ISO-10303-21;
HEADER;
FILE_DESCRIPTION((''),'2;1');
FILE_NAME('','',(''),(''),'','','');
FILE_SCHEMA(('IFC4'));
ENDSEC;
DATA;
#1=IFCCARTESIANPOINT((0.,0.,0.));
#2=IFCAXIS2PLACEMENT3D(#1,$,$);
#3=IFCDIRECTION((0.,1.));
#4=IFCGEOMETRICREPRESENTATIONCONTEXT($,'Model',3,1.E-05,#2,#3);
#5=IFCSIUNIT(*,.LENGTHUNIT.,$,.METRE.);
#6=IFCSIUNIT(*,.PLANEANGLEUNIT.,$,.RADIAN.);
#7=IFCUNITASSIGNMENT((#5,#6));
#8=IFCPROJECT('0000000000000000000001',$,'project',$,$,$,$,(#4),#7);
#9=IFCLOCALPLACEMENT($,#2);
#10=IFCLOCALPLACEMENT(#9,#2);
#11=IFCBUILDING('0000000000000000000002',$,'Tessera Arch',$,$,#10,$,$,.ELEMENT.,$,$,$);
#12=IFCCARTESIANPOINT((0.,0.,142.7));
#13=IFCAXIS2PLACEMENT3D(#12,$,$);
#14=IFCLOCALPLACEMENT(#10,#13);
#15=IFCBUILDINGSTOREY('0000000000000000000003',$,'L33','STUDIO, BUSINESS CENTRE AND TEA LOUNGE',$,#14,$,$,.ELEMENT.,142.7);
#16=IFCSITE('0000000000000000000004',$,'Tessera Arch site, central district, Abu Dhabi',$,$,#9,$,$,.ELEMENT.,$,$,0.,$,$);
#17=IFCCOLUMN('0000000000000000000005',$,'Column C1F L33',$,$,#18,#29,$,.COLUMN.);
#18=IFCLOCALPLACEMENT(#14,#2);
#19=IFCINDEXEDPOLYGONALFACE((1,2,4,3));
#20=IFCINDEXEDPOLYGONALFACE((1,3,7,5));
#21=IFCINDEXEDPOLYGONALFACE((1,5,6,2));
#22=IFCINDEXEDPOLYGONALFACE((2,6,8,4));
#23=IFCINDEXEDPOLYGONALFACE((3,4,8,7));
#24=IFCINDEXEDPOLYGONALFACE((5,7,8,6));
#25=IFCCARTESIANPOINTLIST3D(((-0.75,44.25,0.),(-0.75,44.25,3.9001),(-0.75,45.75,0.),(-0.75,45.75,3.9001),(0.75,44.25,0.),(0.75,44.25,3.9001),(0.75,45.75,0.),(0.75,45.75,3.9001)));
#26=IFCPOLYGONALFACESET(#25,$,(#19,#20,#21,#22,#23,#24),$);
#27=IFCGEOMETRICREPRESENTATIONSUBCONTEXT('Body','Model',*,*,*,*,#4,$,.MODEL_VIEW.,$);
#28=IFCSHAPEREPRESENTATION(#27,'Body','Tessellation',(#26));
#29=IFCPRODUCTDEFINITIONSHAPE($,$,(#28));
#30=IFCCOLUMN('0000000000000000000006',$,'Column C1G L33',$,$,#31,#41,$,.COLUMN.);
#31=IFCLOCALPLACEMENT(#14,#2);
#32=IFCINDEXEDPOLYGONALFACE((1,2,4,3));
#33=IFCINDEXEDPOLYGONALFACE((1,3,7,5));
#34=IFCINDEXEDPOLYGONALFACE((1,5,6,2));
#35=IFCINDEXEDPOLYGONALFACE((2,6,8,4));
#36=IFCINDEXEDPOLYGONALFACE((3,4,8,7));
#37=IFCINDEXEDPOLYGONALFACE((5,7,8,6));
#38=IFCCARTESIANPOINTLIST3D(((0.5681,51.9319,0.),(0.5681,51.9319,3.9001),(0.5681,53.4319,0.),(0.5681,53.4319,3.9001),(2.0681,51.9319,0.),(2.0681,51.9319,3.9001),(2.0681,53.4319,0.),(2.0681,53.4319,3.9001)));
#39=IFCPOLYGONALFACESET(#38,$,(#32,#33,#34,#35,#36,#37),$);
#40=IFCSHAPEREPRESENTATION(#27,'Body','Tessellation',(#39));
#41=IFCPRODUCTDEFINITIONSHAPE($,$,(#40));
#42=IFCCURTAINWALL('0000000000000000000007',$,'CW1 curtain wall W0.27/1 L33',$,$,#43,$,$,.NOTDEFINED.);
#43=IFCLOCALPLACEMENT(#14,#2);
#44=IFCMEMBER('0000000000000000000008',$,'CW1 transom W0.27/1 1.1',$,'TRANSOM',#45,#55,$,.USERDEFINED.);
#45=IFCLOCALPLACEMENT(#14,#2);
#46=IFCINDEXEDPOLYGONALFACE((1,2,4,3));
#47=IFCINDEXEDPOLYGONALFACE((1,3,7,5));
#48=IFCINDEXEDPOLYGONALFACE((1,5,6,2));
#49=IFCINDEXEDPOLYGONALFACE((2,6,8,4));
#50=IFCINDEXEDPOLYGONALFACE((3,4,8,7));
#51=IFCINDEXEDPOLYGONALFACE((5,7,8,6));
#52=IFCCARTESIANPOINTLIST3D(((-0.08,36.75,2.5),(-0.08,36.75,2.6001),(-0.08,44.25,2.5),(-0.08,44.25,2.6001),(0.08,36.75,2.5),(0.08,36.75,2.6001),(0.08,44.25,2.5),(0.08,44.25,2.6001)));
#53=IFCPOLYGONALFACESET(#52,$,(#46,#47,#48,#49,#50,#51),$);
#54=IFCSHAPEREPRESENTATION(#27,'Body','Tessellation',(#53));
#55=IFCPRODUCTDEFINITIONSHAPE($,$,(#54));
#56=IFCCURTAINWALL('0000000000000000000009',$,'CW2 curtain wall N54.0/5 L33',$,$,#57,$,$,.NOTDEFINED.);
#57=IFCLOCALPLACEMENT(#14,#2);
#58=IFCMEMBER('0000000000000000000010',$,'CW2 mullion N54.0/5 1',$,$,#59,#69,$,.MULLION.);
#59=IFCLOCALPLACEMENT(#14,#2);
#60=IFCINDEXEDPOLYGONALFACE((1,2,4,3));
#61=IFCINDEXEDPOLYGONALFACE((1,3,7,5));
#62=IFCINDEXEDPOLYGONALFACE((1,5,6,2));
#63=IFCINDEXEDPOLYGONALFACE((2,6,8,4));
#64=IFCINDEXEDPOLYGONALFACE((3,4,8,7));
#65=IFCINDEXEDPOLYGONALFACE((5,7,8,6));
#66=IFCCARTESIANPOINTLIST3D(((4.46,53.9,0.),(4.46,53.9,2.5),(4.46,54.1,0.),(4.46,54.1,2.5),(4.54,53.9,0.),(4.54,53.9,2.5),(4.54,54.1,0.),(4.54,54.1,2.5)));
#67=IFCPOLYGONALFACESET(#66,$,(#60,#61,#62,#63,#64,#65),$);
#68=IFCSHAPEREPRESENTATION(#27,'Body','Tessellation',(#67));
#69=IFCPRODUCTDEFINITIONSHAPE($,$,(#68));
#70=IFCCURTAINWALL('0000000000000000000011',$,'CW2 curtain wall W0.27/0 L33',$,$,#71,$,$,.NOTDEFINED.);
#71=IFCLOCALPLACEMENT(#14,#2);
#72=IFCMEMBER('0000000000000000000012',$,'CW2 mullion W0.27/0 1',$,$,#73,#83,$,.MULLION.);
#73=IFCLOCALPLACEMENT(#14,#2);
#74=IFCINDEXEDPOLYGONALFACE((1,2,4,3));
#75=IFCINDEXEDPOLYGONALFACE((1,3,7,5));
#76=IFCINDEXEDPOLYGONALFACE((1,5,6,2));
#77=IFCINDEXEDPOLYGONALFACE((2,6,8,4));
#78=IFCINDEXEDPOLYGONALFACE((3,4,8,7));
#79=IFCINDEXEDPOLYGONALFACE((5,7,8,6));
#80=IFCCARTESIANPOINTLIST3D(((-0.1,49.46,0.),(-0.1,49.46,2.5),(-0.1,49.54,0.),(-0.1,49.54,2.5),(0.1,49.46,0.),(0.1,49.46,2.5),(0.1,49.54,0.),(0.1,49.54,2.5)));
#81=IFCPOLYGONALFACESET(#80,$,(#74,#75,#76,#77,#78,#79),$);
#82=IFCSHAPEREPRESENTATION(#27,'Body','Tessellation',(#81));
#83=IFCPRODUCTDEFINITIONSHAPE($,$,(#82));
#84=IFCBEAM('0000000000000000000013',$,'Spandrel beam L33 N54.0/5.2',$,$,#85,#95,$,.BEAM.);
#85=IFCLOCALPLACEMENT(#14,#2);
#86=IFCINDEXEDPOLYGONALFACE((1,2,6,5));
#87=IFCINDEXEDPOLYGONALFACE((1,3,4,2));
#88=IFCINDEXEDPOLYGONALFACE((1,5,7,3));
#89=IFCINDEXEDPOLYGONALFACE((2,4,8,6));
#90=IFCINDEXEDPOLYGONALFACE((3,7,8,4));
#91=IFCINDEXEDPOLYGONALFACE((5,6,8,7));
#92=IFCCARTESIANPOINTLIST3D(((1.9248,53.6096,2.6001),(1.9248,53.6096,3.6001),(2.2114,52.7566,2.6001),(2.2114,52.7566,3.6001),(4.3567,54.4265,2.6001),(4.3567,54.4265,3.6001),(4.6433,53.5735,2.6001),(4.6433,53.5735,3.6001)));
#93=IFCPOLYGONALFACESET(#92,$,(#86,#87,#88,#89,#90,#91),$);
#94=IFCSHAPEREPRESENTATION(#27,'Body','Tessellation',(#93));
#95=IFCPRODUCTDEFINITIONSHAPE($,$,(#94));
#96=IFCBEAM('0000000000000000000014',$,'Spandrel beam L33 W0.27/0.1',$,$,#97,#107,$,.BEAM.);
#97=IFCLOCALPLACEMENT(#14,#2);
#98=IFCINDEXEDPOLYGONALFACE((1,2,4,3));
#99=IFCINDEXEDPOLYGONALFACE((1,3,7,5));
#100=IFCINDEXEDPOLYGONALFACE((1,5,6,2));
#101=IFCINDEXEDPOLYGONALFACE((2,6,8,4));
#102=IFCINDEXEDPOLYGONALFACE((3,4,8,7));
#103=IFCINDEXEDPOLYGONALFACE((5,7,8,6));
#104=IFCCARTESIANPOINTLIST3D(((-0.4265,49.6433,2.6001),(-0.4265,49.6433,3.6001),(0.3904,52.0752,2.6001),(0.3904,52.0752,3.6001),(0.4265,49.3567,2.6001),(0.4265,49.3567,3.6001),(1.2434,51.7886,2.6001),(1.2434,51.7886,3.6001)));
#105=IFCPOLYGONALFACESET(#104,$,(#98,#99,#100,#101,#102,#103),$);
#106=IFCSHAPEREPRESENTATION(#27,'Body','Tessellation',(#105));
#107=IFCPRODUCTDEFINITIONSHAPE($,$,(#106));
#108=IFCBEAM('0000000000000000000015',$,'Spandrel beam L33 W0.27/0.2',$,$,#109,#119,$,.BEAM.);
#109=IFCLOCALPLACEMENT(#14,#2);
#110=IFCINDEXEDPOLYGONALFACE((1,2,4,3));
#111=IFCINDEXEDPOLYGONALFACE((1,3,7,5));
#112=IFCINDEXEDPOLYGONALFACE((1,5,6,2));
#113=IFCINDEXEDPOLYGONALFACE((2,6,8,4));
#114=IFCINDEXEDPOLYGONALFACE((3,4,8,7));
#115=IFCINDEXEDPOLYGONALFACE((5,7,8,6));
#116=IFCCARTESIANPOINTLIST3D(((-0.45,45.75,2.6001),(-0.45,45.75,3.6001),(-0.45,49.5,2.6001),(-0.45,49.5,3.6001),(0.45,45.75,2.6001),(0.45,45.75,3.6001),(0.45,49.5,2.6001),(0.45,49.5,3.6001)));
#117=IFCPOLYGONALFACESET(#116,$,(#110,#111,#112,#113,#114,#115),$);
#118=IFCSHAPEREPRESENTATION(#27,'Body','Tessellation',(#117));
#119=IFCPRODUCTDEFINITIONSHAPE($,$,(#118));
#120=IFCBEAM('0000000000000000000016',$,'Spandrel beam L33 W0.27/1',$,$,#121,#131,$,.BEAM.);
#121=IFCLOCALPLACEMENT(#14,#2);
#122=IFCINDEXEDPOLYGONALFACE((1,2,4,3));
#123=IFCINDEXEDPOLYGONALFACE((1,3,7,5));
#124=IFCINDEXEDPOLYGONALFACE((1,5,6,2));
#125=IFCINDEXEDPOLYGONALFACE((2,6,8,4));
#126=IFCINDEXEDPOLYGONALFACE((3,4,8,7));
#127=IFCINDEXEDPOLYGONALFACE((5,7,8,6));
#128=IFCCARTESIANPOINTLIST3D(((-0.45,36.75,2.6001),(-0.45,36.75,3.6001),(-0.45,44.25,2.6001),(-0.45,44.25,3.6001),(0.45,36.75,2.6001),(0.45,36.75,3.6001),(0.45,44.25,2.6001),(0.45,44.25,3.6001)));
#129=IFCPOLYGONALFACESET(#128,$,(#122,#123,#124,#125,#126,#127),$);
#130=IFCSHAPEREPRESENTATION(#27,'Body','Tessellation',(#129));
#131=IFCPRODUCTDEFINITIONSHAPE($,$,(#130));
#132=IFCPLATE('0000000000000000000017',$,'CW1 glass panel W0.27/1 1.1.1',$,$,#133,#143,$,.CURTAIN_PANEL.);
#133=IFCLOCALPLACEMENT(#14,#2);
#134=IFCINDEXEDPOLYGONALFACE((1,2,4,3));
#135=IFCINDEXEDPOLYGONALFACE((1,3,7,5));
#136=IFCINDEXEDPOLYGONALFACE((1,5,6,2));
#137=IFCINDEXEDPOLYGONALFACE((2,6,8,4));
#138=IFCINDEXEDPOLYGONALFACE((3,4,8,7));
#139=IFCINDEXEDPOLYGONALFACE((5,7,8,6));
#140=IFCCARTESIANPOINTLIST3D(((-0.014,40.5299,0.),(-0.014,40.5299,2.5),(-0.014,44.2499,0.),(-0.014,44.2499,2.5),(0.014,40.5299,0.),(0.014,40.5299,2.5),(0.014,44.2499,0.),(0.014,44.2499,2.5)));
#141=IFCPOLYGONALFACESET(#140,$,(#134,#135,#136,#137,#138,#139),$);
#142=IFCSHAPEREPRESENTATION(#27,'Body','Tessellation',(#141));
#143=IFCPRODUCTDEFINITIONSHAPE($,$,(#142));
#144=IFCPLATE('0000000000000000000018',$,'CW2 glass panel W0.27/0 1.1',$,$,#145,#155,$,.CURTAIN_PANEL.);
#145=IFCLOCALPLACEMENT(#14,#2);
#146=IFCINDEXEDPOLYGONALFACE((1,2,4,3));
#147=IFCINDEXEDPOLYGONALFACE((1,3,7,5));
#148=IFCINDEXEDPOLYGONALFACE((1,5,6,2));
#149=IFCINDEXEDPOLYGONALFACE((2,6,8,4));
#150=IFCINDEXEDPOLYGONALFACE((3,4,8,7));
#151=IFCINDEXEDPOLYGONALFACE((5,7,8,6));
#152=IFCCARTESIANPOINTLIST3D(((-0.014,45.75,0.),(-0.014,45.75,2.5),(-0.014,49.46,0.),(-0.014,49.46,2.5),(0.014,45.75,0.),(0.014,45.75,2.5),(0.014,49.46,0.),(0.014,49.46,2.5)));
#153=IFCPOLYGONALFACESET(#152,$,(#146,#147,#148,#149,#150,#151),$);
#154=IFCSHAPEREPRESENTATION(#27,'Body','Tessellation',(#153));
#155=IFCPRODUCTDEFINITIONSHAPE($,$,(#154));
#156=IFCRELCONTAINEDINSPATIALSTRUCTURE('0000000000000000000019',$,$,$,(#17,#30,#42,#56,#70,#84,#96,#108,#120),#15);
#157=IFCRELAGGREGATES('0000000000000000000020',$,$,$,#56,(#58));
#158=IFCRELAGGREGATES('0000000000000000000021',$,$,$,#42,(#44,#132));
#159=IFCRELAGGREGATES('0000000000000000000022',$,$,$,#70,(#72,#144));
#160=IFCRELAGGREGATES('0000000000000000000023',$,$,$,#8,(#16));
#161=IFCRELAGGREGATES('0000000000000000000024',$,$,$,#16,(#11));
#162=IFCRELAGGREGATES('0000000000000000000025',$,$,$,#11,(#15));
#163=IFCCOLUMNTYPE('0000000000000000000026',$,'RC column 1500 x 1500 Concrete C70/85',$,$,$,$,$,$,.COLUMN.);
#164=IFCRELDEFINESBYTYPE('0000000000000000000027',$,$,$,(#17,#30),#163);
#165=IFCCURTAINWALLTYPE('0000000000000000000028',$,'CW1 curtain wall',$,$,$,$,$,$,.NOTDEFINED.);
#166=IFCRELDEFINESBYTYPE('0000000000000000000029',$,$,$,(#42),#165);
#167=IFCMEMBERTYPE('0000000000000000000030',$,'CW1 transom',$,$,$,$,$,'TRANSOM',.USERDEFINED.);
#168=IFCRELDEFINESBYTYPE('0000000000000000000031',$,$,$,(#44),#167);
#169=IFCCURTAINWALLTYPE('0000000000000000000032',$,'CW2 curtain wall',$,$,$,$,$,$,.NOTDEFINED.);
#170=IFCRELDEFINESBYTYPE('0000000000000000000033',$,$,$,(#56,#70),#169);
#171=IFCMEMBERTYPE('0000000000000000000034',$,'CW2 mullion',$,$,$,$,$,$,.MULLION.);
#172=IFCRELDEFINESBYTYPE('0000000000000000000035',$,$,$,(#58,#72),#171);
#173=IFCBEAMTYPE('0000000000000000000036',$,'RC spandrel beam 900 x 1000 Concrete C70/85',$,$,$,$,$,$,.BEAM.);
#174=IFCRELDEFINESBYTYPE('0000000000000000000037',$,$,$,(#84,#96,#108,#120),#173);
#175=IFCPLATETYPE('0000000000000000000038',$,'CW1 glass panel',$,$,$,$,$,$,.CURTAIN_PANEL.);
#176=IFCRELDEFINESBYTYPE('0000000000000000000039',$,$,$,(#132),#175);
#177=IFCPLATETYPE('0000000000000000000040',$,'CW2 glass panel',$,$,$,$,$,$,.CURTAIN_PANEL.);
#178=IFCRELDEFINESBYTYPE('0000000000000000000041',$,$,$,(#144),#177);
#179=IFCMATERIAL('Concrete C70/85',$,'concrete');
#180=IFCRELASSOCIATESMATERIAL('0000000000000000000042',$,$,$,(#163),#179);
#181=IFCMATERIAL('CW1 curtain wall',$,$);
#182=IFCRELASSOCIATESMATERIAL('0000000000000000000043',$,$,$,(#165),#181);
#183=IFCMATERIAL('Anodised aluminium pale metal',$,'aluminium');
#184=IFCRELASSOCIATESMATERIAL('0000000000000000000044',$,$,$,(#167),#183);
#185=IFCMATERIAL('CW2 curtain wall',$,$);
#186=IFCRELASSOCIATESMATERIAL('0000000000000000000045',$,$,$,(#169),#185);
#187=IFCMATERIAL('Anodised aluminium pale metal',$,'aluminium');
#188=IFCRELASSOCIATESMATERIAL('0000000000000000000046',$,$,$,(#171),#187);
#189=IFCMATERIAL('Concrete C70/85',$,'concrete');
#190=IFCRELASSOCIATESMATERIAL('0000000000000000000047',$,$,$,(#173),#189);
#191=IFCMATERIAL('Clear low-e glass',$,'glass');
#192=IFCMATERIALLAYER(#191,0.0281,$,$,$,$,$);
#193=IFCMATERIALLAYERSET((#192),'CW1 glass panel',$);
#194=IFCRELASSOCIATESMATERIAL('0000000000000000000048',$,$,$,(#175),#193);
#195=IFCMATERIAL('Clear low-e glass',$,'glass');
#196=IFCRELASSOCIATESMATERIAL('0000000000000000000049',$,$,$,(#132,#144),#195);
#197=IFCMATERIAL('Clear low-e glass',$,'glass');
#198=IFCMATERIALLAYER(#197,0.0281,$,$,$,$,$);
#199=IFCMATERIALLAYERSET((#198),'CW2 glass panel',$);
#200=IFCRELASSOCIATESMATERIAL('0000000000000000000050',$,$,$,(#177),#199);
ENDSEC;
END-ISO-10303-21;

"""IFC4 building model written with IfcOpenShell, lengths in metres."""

from ifc_helpers import new_model, si_unit, direction, frame, origin, origin_2d, place, context, subcontext, project, spatial, rectangle, extrude, material, layer, layer_set, material_profile, profile_set, type_object, element, aggregate, save


model = new_model("IFC4")

# Units and contexts
model_context = context("Model", 3, precision=1e-05, world=origin(), true_north=direction((0.0, 1.0)))
body_context = subcontext(model_context, "Body", "Model", "MODEL_VIEW")
ifc_project = project(units=[si_unit("LENGTHUNIT", "METRE"), si_unit("PLANEANGLEUNIT", "RADIAN")], contexts=[model_context])

# Site, building, storey
site_placement = place(None, origin())
site = spatial("IfcSite", under=ifc_project, at=site_placement, Name="Tessera Arch site, central district, Abu Dhabi", CompositionType="ELEMENT", RefElevation=0.0)
building_placement = place(site_placement, origin())
building = spatial("IfcBuilding", under=site, at=building_placement, Name="Tessera Arch", CompositionType="ELEMENT")
storey_placement = place(building_placement, frame((0.0, 0.0, 142.7)))
storey = spatial("IfcBuildingStorey", under=building, at=storey_placement, Name="L33", Description="STUDIO, BUSINESS CENTRE AND TEA LOUNGE", CompositionType="ELEMENT", Elevation=142.7)

# Columns
ifc_material_1 = material(Name="Concrete C70/85", Category="concrete")
ifc_material_profile_1 = material_profile(ifc_material_1, rectangle(XDim=1.5, YDim=1.5, at=origin_2d()), Name="RC column 1500 x 1500 Concrete C70/85")
ifc_profile_set_1 = profile_set([ifc_material_profile_1], Name="Concrete C70/85")
column_type = type_object("IfcColumnType", Name="RC column 1500 x 1500 Concrete C70/85", PredefinedType="COLUMN", material=ifc_profile_set_1)
for number, where, z_axis, x_axis, name in (
    (1, (0.0, 45.0, 0.0), (0.0, 0.0, 1.0), (1.0, 0.0, 0.0), "Column C1F L33"),
    (2, (1.3181, 52.6819, 0.0), (0.0, 0.0, 1.0), (1.0, 0.0, 0.0), "Column C1G L33"),
):
    element("IfcColumn", number, at=place(storey_placement, frame(where, z_axis=z_axis, x_axis=x_axis)), inside=storey, type_object=column_type, Name=name, PredefinedType="COLUMN", context=body_context, shape_type="SweptSolid", body=[
        extrude(rectangle(XDim=1.5, YDim=1.5, at=origin_2d()), origin(), (0.0, 0.0, 1.0), 3.9001),
    ])

# Curtain walls, members
ifc_material_2 = material(Name="CW1 curtain wall")
curtain_wall_type_1 = type_object("IfcCurtainWallType", Name="CW1 curtain wall", PredefinedType="NOTDEFINED", material=ifc_material_2)
curtain_wall_1_placement = place(storey_placement, origin())
curtain_wall_1 = element("IfcCurtainWall", 3, at=curtain_wall_1_placement, inside=storey, type_object=curtain_wall_type_1, Name="CW1 curtain wall W0.27/1 L33", PredefinedType="NOTDEFINED")
ifc_material_3 = material(Name="Anodised aluminium pale metal", Category="aluminium")
ifc_material_profile_2 = material_profile(ifc_material_3, rectangle(XDim=0.1599, YDim=0.1001, at=origin_2d()), Name="AL 160x100")
ifc_profile_set_2 = profile_set([ifc_material_profile_2], Name="Anodised aluminium pale metal")
member_type_1 = type_object("IfcMemberType", Name="CW1 transom", ElementType="TRANSOM", PredefinedType="USERDEFINED", material=ifc_profile_set_2)
member_1_placement = place(storey_placement, frame((0.0, 44.25, 2.55), z_axis=(0.0, -1.0, 0.0), x_axis=(1.0, 0.0, 0.0)))
member_1 = element("IfcMember", 4, at=member_1_placement, type_object=member_type_1, Name="CW1 transom W0.27/1 1.1", ObjectType="TRANSOM", PredefinedType="USERDEFINED", context=body_context, shape_type="SweptSolid", body=[
    extrude(rectangle(XDim=0.1599, YDim=0.1001, at=origin_2d()), origin(), (0.0, 0.0, 1.0), 7.5),
])
ifc_material_4 = material(Name="CW2 curtain wall")
curtain_wall_type_2 = type_object("IfcCurtainWallType", Name="CW2 curtain wall", PredefinedType="NOTDEFINED", material=ifc_material_4)
curtain_wall_2_placement = place(storey_placement, origin())
curtain_wall_2 = element("IfcCurtainWall", 5, at=curtain_wall_2_placement, inside=storey, type_object=curtain_wall_type_2, Name="CW2 curtain wall N54.0/5 L33", PredefinedType="NOTDEFINED")
ifc_material_5 = material(Name="Anodised aluminium pale metal", Category="aluminium")
ifc_material_profile_3 = material_profile(ifc_material_5, rectangle(XDim=0.2, YDim=0.0801, at=origin_2d()), Name="AL 80x200")
ifc_profile_set_3 = profile_set([ifc_material_profile_3], Name="Anodised aluminium pale metal")
member_type_2 = type_object("IfcMemberType", Name="CW2 mullion", PredefinedType="MULLION", material=ifc_profile_set_3)
member_2_placement = place(storey_placement, frame((4.5, 54.0, 0.0), z_axis=(0.0, 0.0, 1.0), x_axis=(0.0, -1.0, 0.0)))
member_2 = element("IfcMember", 6, at=member_2_placement, type_object=member_type_2, Name="CW2 mullion N54.0/5 1", PredefinedType="MULLION", context=body_context, shape_type="SweptSolid", body=[
    extrude(rectangle(XDim=0.2, YDim=0.0801, at=origin_2d()), origin(), (0.0, 0.0, 1.0), 2.5),
])
aggregate(curtain_wall_2, [member_2])
curtain_wall_3_placement = place(storey_placement, origin())
curtain_wall_3 = element("IfcCurtainWall", 7, at=curtain_wall_3_placement, inside=storey, type_object=curtain_wall_type_2, Name="CW2 curtain wall W0.27/0 L33", PredefinedType="NOTDEFINED")
member_3_placement = place(storey_placement, frame((0.0, 49.5, 0.0), z_axis=(0.0, 0.0, 1.0), x_axis=(1.0, 0.0, 0.0)))
member_3 = element("IfcMember", 8, at=member_3_placement, type_object=member_type_2, Name="CW2 mullion W0.27/0 1", PredefinedType="MULLION", context=body_context, shape_type="SweptSolid", body=[
    extrude(rectangle(XDim=0.2, YDim=0.0801, at=origin_2d()), origin(), (0.0, 0.0, 1.0), 2.5),
])

# Beams
ifc_material_6 = material(Name="Concrete C70/85", Category="concrete")
ifc_material_profile_4 = material_profile(ifc_material_6, rectangle(XDim=0.8999, YDim=1.0, at=origin_2d()), Name="RC spandrel beam 900 x 1000 Concrete C70/85")
ifc_profile_set_4 = profile_set([ifc_material_profile_4], Name="Concrete C70/85")
beam_type = type_object("IfcBeamType", Name="RC spandrel beam 900 x 1000 Concrete C70/85", PredefinedType="BEAM", material=ifc_profile_set_4)
for number, where, z_axis, x_axis, name in (
    (9, (4.5, 54.0, 3.1001), (-0.947948, -0.318425, 0.0), (0.318425, -0.947948, 0.0), "Spandrel beam L33 N54.0/5.2"),
    (10, (0.8169, 51.9319, 3.1001), (-0.318425, -0.947948, 0.0), (0.947948, -0.318425, 0.0), "Spandrel beam L33 W0.27/0.1"),
):
    element("IfcBeam", number, at=place(storey_placement, frame(where, z_axis=z_axis, x_axis=x_axis)), inside=storey, type_object=beam_type, Name=name, PredefinedType="BEAM", context=body_context, shape_type="SweptSolid", body=[
        extrude(rectangle(XDim=0.8999, YDim=1.0, at=origin_2d()), origin(), (0.0, 0.0, 1.0), 2.5654),
    ])
beam_1_placement = place(storey_placement, frame((0.0, 49.5, 3.1001), z_axis=(0.0, -1.0, 0.0), x_axis=(1.0, 0.0, 0.0)))
element("IfcBeam", 11, at=beam_1_placement, inside=storey, type_object=beam_type, Name="Spandrel beam L33 W0.27/0.2", PredefinedType="BEAM", context=body_context, shape_type="SweptSolid", body=[
    extrude(rectangle(XDim=0.8999, YDim=1.0, at=origin_2d()), origin(), (0.0, 0.0, 1.0), 3.75),
])
beam_2_placement = place(storey_placement, frame((0.0, 44.25, 3.1001), z_axis=(0.0, -1.0, 0.0), x_axis=(1.0, 0.0, 0.0)))
element("IfcBeam", 12, at=beam_2_placement, inside=storey, type_object=beam_type, Name="Spandrel beam L33 W0.27/1", PredefinedType="BEAM", context=body_context, shape_type="SweptSolid", body=[
    extrude(rectangle(XDim=0.8999, YDim=1.0, at=origin_2d()), origin(), (0.0, 0.0, 1.0), 7.5),
])

# Plates
ifc_material_7 = material(Name="Clear low-e glass", Category="glass")
ifc_material_8 = material(Name="Clear low-e glass", Category="glass")
ifc_layer_1 = layer(ifc_material_8, 0.0281)
ifc_layer_set_1 = layer_set([ifc_layer_1], Name="CW1 glass panel")
plate_type_1 = type_object("IfcPlateType", Name="CW1 glass panel", PredefinedType="CURTAIN_PANEL", material=ifc_layer_set_1)
plate_1_placement = place(storey_placement, frame((0.0, 42.3899, 0.0), z_axis=(0.0, 0.0, 1.0), x_axis=(0.0, -1.0, 0.0)))
plate_1 = element("IfcPlate", 13, at=plate_1_placement, type_object=plate_type_1, material=ifc_material_7, Name="CW1 glass panel W0.27/1 1.1.1", PredefinedType="CURTAIN_PANEL", context=body_context, shape_type="SweptSolid", body=[
    extrude(rectangle(XDim=3.72, YDim=0.0281, at=origin_2d()), origin(), (0.0, 0.0, 1.0), 2.5),
])
aggregate(curtain_wall_1, [member_1, plate_1])
ifc_material_9 = material(Name="Clear low-e glass", Category="glass")
ifc_layer_2 = layer(ifc_material_9, 0.0281)
ifc_layer_set_2 = layer_set([ifc_layer_2], Name="CW2 glass panel")
plate_type_2 = type_object("IfcPlateType", Name="CW2 glass panel", PredefinedType="CURTAIN_PANEL", material=ifc_layer_set_2)
plate_2_placement = place(storey_placement, frame((0.0, 47.605, 0.0), z_axis=(0.0, 0.0, 1.0), x_axis=(0.0, -1.0, 0.0)))
plate_2 = element("IfcPlate", 14, at=plate_2_placement, type_object=plate_type_2, material=ifc_material_7, Name="CW2 glass panel W0.27/0 1.1", PredefinedType="CURTAIN_PANEL", context=body_context, shape_type="SweptSolid", body=[
    extrude(rectangle(XDim=3.71, YDim=0.0281, at=origin_2d()), origin(), (0.0, 0.0, 1.0), 2.5),
])
aggregate(curtain_wall_3, [member_3, plate_2])

save(model, "model.ifc")
